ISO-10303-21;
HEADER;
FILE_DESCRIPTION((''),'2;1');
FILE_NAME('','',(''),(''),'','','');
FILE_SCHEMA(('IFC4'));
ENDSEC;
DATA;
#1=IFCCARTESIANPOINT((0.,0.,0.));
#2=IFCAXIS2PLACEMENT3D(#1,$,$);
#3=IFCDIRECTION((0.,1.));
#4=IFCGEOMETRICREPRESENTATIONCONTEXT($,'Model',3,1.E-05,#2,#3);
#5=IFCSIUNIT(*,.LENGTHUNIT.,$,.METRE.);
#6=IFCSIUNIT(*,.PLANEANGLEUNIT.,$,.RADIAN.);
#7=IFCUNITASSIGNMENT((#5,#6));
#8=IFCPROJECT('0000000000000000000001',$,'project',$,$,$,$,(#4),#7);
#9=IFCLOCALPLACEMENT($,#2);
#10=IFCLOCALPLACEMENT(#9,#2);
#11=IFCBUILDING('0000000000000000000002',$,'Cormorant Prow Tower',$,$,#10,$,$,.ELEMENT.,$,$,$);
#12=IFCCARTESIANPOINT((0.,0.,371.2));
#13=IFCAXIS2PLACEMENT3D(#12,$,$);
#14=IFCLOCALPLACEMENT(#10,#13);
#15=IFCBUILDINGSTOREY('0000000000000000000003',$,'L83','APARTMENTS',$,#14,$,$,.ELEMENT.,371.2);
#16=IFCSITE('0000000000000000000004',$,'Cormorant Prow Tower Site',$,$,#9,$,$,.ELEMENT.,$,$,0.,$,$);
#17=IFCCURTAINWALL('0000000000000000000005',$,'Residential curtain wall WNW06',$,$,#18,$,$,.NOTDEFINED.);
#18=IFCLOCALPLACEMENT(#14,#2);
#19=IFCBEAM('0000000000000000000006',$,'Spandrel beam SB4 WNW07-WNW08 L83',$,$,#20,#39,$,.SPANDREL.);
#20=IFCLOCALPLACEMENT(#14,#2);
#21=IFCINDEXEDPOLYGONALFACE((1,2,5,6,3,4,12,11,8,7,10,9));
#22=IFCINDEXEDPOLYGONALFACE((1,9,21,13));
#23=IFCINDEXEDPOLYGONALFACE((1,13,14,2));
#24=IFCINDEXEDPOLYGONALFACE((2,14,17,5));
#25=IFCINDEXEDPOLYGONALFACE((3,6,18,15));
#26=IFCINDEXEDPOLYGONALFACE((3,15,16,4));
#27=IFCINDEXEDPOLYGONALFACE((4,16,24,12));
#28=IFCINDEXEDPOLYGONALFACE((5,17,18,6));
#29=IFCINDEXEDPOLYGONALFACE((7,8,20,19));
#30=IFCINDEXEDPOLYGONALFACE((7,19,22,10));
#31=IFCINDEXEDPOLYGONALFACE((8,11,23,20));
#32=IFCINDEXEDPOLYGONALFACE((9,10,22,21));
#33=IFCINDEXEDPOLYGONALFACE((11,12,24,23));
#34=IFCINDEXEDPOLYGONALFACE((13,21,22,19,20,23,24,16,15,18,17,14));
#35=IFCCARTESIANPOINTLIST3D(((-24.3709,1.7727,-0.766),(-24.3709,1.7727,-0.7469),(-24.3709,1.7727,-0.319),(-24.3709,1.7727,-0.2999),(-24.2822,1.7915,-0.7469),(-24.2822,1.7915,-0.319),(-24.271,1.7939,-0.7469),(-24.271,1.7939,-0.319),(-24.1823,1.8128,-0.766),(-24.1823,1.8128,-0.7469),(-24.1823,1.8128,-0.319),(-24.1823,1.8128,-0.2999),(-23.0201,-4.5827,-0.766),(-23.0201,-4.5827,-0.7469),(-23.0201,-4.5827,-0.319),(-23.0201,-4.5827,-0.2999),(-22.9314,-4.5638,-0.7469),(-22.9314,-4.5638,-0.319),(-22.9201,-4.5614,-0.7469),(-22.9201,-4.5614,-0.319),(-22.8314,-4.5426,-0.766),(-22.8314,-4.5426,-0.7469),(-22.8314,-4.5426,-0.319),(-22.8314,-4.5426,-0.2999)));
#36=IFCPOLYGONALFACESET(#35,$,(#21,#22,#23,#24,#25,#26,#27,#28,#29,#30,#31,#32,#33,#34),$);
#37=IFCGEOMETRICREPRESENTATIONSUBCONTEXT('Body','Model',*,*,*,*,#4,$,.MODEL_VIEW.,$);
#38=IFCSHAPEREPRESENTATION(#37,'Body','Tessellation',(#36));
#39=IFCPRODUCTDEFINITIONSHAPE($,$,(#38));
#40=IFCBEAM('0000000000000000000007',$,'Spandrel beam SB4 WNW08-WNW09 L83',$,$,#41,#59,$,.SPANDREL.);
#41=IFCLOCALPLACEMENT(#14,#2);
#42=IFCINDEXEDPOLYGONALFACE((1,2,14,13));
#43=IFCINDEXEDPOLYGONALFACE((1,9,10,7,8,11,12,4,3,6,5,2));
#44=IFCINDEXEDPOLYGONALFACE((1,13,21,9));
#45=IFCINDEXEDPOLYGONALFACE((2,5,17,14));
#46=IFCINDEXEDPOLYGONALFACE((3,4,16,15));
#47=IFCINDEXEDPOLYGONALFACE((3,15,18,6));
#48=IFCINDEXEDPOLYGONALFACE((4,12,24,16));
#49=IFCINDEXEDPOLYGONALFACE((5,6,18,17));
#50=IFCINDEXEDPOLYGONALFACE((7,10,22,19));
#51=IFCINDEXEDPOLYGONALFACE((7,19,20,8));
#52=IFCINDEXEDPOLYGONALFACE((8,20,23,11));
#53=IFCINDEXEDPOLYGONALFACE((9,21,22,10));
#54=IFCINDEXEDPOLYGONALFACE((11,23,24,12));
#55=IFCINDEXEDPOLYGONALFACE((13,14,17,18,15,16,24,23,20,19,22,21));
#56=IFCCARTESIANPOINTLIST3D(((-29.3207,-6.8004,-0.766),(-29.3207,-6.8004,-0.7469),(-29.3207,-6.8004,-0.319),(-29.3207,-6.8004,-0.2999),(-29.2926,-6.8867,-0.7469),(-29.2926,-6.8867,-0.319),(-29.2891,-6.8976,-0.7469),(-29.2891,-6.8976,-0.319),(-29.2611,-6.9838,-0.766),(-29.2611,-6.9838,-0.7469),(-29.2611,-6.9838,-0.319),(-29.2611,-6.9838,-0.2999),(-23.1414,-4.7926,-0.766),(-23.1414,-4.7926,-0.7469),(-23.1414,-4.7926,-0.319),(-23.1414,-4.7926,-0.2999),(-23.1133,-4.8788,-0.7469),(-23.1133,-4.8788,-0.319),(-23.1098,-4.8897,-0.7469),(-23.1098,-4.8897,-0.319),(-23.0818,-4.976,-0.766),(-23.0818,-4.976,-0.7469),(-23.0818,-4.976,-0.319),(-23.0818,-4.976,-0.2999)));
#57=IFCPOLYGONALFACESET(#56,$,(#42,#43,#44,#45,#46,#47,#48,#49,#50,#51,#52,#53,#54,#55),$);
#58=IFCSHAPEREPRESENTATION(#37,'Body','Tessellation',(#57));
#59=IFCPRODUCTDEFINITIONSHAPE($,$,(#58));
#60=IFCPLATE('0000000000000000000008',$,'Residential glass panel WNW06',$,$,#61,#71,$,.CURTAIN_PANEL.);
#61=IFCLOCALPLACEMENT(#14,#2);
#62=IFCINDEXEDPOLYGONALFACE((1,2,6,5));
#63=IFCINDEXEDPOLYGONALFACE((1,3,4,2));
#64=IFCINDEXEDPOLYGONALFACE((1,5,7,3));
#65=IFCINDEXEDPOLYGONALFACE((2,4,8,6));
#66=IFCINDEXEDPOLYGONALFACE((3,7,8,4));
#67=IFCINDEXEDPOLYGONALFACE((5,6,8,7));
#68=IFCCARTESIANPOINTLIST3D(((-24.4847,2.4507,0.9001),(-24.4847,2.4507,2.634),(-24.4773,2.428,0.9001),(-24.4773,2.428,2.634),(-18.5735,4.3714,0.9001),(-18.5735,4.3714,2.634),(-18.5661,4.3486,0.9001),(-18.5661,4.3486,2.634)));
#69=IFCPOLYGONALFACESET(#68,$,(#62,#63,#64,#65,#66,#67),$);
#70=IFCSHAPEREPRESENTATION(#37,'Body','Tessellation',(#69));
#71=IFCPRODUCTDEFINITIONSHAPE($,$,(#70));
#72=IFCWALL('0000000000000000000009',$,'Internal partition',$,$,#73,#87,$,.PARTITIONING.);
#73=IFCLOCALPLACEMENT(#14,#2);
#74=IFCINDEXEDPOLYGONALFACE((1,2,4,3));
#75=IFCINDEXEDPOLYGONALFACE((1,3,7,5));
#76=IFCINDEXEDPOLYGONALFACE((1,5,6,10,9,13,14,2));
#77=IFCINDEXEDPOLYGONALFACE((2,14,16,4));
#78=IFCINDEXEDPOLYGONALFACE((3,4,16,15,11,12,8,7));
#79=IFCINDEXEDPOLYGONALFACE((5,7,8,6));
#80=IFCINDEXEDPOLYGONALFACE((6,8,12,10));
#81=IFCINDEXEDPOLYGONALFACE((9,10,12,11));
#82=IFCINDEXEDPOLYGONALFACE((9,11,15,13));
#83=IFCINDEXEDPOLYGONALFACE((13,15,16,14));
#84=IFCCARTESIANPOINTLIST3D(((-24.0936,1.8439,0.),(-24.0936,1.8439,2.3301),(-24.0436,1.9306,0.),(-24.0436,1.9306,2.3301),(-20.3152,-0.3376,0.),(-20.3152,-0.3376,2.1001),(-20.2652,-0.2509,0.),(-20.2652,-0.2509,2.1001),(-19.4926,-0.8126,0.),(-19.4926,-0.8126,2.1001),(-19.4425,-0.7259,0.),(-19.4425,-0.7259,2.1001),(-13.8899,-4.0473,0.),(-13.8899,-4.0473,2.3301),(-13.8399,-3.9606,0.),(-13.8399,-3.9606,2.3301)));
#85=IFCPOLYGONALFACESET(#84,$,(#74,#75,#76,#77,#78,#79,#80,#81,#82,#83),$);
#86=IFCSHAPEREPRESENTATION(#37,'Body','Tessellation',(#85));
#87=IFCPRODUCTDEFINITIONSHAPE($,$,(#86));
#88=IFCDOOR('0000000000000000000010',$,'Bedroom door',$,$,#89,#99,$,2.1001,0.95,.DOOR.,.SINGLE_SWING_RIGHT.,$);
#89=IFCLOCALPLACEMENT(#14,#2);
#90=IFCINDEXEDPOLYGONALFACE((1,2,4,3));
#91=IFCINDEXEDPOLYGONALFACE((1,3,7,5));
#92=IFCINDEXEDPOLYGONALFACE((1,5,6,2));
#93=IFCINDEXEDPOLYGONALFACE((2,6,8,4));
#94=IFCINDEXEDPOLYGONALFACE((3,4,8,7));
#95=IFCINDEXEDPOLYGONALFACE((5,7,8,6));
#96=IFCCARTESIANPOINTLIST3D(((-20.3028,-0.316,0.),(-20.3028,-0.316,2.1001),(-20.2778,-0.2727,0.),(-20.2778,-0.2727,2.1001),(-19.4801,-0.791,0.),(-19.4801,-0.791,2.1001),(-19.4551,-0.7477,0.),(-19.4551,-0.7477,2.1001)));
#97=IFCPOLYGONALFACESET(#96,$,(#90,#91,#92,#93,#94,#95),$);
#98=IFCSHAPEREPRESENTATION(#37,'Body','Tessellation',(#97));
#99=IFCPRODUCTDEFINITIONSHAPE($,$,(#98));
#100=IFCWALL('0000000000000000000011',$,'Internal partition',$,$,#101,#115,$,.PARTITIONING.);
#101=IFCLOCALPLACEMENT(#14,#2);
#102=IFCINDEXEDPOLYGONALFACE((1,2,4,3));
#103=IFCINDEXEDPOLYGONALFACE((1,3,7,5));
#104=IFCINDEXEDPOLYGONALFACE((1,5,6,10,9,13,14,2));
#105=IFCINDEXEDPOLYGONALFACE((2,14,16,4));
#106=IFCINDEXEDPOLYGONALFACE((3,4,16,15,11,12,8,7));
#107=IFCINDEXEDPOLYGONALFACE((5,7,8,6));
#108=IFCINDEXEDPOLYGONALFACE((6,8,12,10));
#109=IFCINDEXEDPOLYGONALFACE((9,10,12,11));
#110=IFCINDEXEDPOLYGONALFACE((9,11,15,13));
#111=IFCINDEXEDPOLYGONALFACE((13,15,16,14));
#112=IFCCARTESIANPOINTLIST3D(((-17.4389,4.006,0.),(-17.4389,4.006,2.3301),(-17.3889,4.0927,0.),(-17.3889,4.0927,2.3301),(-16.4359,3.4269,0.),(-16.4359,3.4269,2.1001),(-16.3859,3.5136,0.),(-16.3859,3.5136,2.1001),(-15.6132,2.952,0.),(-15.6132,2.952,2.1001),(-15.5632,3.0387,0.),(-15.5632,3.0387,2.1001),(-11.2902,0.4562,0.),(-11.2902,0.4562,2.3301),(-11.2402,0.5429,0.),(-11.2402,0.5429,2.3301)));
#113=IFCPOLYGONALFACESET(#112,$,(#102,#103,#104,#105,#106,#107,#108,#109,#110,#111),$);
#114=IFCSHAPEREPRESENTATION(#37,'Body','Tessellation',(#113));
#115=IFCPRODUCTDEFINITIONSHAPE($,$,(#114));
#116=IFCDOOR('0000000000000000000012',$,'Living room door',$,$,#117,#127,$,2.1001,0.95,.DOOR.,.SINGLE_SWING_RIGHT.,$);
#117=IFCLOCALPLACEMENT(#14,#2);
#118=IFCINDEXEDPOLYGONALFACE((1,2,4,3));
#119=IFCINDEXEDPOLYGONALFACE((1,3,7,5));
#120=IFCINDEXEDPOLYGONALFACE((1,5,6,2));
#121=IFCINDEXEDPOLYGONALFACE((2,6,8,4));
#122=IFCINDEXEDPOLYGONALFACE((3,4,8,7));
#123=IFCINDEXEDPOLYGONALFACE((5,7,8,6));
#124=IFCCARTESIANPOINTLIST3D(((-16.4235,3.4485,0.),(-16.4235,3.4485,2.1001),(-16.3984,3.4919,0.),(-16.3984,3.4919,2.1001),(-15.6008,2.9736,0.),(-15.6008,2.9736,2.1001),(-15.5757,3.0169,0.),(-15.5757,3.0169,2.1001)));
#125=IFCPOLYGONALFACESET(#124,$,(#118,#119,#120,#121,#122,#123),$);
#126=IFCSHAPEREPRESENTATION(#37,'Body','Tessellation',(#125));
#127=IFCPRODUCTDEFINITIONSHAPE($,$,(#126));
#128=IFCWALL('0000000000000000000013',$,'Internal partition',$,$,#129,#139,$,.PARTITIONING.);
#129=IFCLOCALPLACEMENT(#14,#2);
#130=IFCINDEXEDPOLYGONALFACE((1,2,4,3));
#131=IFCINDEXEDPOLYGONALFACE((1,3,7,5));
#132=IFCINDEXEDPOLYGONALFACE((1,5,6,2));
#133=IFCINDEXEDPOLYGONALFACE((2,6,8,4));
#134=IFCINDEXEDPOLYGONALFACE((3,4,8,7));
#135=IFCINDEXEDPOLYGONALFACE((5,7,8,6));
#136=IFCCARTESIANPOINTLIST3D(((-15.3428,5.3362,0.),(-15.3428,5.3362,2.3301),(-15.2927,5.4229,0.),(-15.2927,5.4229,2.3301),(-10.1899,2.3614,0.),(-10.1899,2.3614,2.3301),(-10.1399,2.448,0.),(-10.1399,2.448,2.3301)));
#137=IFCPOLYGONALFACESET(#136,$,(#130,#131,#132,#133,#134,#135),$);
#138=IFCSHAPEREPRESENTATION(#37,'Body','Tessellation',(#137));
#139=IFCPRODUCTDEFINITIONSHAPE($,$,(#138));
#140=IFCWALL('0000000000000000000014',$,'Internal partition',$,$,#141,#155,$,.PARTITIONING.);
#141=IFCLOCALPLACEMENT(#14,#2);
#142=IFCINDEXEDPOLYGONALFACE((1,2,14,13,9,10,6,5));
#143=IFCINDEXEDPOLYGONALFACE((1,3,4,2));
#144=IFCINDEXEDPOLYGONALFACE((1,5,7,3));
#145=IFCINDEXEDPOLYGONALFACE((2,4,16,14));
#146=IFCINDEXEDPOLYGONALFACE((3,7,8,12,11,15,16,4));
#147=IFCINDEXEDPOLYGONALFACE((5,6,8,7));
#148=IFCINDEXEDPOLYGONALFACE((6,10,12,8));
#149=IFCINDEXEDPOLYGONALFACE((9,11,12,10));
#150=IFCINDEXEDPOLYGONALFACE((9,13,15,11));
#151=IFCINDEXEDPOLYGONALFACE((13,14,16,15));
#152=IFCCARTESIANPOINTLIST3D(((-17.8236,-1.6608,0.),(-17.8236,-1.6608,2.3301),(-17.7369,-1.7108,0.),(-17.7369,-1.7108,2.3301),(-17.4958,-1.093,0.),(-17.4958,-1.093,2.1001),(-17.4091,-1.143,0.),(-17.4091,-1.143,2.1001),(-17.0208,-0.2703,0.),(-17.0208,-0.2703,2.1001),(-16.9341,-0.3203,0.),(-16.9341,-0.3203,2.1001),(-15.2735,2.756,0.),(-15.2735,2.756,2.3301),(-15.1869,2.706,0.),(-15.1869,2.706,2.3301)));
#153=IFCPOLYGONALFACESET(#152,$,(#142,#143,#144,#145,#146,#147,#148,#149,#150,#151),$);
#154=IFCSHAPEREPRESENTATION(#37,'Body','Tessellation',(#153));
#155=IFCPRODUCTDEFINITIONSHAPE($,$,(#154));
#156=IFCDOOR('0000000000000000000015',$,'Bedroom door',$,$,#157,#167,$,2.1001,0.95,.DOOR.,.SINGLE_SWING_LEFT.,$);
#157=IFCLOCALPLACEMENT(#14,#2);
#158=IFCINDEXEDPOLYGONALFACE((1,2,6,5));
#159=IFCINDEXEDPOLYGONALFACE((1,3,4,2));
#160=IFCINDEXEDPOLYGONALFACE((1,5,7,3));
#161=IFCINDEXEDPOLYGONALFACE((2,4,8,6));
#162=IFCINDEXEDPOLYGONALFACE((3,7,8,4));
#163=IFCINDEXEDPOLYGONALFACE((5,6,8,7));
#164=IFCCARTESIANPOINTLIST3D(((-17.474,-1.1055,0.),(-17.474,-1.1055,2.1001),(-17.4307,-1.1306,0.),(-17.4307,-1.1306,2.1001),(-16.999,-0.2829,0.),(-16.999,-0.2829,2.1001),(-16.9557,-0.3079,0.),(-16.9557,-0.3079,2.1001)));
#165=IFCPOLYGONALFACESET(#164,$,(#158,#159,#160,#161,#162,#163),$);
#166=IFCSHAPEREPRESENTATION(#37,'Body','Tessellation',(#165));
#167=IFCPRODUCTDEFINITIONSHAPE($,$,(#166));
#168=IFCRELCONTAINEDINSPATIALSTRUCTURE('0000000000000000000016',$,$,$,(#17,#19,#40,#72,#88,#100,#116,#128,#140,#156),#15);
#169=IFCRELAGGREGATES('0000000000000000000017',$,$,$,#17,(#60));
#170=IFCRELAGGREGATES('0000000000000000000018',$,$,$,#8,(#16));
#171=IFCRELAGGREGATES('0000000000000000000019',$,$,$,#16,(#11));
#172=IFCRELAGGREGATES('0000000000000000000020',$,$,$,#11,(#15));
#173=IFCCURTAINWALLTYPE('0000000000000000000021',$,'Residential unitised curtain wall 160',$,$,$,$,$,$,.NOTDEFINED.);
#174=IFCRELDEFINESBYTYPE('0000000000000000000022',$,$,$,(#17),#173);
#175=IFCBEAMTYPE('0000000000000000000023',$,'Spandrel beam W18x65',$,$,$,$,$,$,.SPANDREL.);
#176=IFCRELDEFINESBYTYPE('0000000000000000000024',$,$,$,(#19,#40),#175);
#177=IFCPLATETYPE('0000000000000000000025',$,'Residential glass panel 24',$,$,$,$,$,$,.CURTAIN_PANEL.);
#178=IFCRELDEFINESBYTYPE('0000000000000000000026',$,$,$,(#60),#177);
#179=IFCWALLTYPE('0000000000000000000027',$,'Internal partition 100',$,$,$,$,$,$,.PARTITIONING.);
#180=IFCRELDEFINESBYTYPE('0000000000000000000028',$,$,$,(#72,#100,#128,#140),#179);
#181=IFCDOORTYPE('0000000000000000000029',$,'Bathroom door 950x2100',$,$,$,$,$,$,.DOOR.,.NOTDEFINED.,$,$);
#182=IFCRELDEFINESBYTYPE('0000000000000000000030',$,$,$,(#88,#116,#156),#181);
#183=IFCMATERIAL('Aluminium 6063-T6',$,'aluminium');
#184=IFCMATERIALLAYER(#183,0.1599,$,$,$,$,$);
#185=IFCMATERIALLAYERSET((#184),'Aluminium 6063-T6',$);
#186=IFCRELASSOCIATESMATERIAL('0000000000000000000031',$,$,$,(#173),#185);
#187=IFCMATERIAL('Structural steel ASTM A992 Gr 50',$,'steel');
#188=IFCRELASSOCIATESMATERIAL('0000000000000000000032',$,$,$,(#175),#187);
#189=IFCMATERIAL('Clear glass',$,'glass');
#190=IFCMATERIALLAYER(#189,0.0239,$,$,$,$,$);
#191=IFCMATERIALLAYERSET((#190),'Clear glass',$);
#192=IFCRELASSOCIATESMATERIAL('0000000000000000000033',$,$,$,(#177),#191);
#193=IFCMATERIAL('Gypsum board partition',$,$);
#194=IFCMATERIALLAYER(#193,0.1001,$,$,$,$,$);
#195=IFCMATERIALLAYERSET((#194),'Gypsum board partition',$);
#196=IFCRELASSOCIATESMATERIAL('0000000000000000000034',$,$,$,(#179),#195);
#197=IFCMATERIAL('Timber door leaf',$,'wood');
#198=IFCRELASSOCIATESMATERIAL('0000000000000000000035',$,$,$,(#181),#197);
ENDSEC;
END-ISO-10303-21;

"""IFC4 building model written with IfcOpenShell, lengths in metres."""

from ifc_helpers import new_model, si_unit, direction, frame, frame_2d, origin, origin_2d, place, context, subcontext, project, spatial, rectangle, i_section, extrude, material, layer, layer_set, material_profile, profile_set, type_object, element, fill, aggregate, save


model = new_model("IFC4")

# Units and contexts
model_context = context("Model", 3, precision=1e-05, world=origin(), true_north=direction((0.0, 1.0)))
body_context = subcontext(model_context, "Body", "Model", "MODEL_VIEW")
ifc_project = project(units=[si_unit("LENGTHUNIT", "METRE"), si_unit("PLANEANGLEUNIT", "RADIAN")], contexts=[model_context])

# Site, building, storey
site_placement = place(None, origin())
site = spatial("IfcSite", under=ifc_project, at=site_placement, Name="Cormorant Prow Tower Site", CompositionType="ELEMENT", RefElevation=0.0)
building_placement = place(site_placement, origin())
building = spatial("IfcBuilding", under=site, at=building_placement, Name="Cormorant Prow Tower", CompositionType="ELEMENT")
storey_placement = place(building_placement, frame((0.0, 0.0, 371.2)))
storey = spatial("IfcBuildingStorey", under=building, at=storey_placement, Name="L83", Description="APARTMENTS", CompositionType="ELEMENT", Elevation=371.2)

# Curtain wall
ifc_material_1 = material(Name="Aluminium 6063-T6", Category="aluminium")
ifc_layer_1 = layer(ifc_material_1, 0.1599)
ifc_layer_set_1 = layer_set([ifc_layer_1], Name="Aluminium 6063-T6")
curtain_wall_type = type_object("IfcCurtainWallType", Name="Residential unitised curtain wall 160", PredefinedType="NOTDEFINED", material=ifc_layer_set_1)
curtain_wall_1_placement = place(storey_placement, origin())
curtain_wall_1 = element("IfcCurtainWall", 1, at=curtain_wall_1_placement, inside=storey, type_object=curtain_wall_type, Name="Residential curtain wall WNW06", PredefinedType="NOTDEFINED")

# Beams
ifc_material_2 = material(Name="Structural steel ASTM A992 Gr 50", Category="steel")
ifc_material_profile_1 = material_profile(ifc_material_2, i_section(OverallWidth=0.1929, OverallDepth=0.4661, WebThickness=0.0115, FlangeThickness=0.019, at=origin_2d()), Name="W18x65")
ifc_profile_set_1 = profile_set([ifc_material_profile_1], Name="Structural steel ASTM A992 Gr 50")
beam_type_1 = type_object("IfcBeamType", Name="Spandrel beam W18x65", PredefinedType="SPANDREL", material=ifc_profile_set_1)
for number, where, z_axis, x_axis, name in (
    (2, (-24.2766, 1.7927, -0.533), (0.20791, -0.978148, 0.0), (0.978148, 0.20791, 0.0), "Spandrel beam SB4 WNW07-WNW08 L83"),
    (3, (-23.1116, -4.8843, -0.533), (-0.951053, -0.309027, 0.0), (0.309027, -0.951053, 0.0), "Spandrel beam SB4 WNW08-WNW09 L83"),
):
    element("IfcBeam", number, at=place(storey_placement, frame(where, z_axis=z_axis, x_axis=x_axis)), inside=storey, type_object=beam_type_1, Name=name, PredefinedType="SPANDREL", context=body_context, shape_type="SweptSolid", body=[
        extrude(i_section(OverallWidth=0.1929, OverallDepth=0.4661, WebThickness=0.0115, FlangeThickness=0.019, at=origin_2d()), origin(), (0.0, 0.0, 1.0), 6.4973),
    ])

# Plate
ifc_material_3 = material(Name="Clear glass", Category="glass")
ifc_layer_2 = layer(ifc_material_3, 0.0239)
ifc_layer_set_2 = layer_set([ifc_layer_2], Name="Clear glass")
plate_type = type_object("IfcPlateType", Name="Residential glass panel 24", PredefinedType="CURTAIN_PANEL", material=ifc_layer_set_2)
plate_placement = place(storey_placement, frame((-21.5254, 3.3997, 0.9001), z_axis=(0.0, 0.0, 1.0), x_axis=(-0.951056, -0.309017, 0.0)))
plate = element("IfcPlate", 4, at=plate_placement, type_object=plate_type, Name="Residential glass panel WNW06", PredefinedType="CURTAIN_PANEL", context=body_context, shape_type="SweptSolid", body=[
    extrude(rectangle(XDim=6.2153, YDim=0.0239, at=origin_2d()), origin(), (0.0, 0.0, 1.0), 1.7339),
])
aggregate(curtain_wall_1, [plate])

# Walls, openings, doors
ifc_material_4 = material(Name="Gypsum board partition")
ifc_layer_3 = layer(ifc_material_4, 0.1001)
ifc_layer_set_3 = layer_set([ifc_layer_3], Name="Gypsum board partition")
wall_type_1 = type_object("IfcWallType", Name="Internal partition 100", PredefinedType="PARTITIONING", material=ifc_layer_set_3)
wall_1_placement = place(storey_placement, frame((-24.0686, 1.8872, 0.0), z_axis=(0.0, 0.0, 1.0), x_axis=(0.866023, -0.500003, 0.0)))
wall_1 = element("IfcWall", 5, at=wall_1_placement, inside=storey, type_object=wall_type_1, Name="Internal partition", PredefinedType="PARTITIONING", context=body_context, shape_type="SweptSolid", body=[
    extrude(rectangle(XDim=11.7822, YDim=0.1001, at=frame_2d((5.8911, 0.0))), origin(), (0.0, 0.0, 1.0), 2.3301),
])
opening_1_placement = place(wall_1_placement, frame((4.3628, 0.0, 0.0)))
opening_1 = element("IfcOpeningElement", 6, at=opening_1_placement, cuts=wall_1, PredefinedType="OPENING", context=body_context, shape_type="SweptSolid", body=[
    extrude(rectangle(XDim=0.95, YDim=2.1001, at=frame_2d((0.4751, 1.05))), frame((0.0, 0.0601, 0.0), z_axis=(0.0, -1.0, 0.0), x_axis=(1.0, 0.0, 0.0)), (0.0, 0.0, 1.0), 0.1201),
])
ifc_material_5 = material(Name="Timber door leaf", Category="wood")
door_type_1 = type_object("IfcDoorType", Name="Bathroom door 950x2100", OperationType="NOTDEFINED", PredefinedType="DOOR", material=ifc_material_5)
door_1_placement = place(opening_1_placement, origin())
door_1 = element("IfcDoor", 7, at=door_1_placement, inside=storey, type_object=door_type_1, Name="Bedroom door", OperationType="SINGLE_SWING_RIGHT", OverallHeight=2.1001, OverallWidth=0.95, PredefinedType="DOOR", context=body_context, shape_type="SweptSolid", body=[
    extrude(rectangle(XDim=0.95, YDim=2.1001, at=frame_2d((0.4751, 1.05))), frame((0.0, 0.0249, 0.0), z_axis=(0.0, -1.0, 0.0), x_axis=(1.0, 0.0, 0.0)), (0.0, 0.0, 1.0), 0.05),
])
fill(opening_1, door_1)
wall_2_placement = place(storey_placement, frame((-17.4138, 4.0493, 0.0), z_axis=(0.0, 0.0, 1.0), x_axis=(0.866034, -0.499985, 0.0)))
wall_2 = element("IfcWall", 8, at=wall_2_placement, inside=storey, type_object=wall_type_1, Name="Internal partition", PredefinedType="PARTITIONING", context=body_context, shape_type="SweptSolid", body=[
    extrude(rectangle(XDim=7.0999, YDim=0.1001, at=frame_2d((3.5498, 0.0))), origin(), (0.0, 0.0, 1.0), 2.3301),
])
opening_2_placement = place(wall_2_placement, frame((1.158, 0.0, 0.0)))
opening_2 = element("IfcOpeningElement", 9, at=opening_2_placement, cuts=wall_2, PredefinedType="OPENING", context=body_context, shape_type="SweptSolid", body=[
    extrude(rectangle(XDim=0.95, YDim=2.1001, at=frame_2d((0.4751, 1.05))), frame((0.0, 0.0601, 0.0), z_axis=(0.0, -1.0, 0.0), x_axis=(1.0, 0.0, 0.0)), (0.0, 0.0, 1.0), 0.1201),
])
door_2_placement = place(opening_2_placement, origin())
door_2 = element("IfcDoor", 10, at=door_2_placement, inside=storey, type_object=door_type_1, Name="Living room door", OperationType="SINGLE_SWING_RIGHT", OverallHeight=2.1001, OverallWidth=0.95, PredefinedType="DOOR", context=body_context, shape_type="SweptSolid", body=[
    extrude(rectangle(XDim=0.95, YDim=2.1001, at=frame_2d((0.4751, 1.05))), frame((0.0, 0.0249, 0.0), z_axis=(0.0, -1.0, 0.0), x_axis=(1.0, 0.0, 0.0)), (0.0, 0.0, 1.0), 0.05),
])
fill(opening_2, door_2)

# Wall
wall_3_placement = place(storey_placement, frame((-15.3179, 5.3796, 0.0), z_axis=(0.0, 0.0, 1.0), x_axis=(0.866035, -0.499983, 0.0)))
element("IfcWall", 11, at=wall_3_placement, inside=storey, type_object=wall_type_1, Name="Internal partition", PredefinedType="PARTITIONING", context=body_context, shape_type="SweptSolid", body=[
    extrude(rectangle(XDim=5.95, YDim=0.1001, at=frame_2d((2.9751, 0.0))), origin(), (0.0, 0.0, 1.0), 2.3301),
])

# Wall, opening, door
wall_4_placement = place(storey_placement, frame((-17.7803, -1.6858, 0.0), z_axis=(0.0, 0.0, 1.0), x_axis=(0.500006, 0.866022, 0.0)))
wall_4 = element("IfcWall", 12, at=wall_4_placement, inside=storey, type_object=wall_type_1, Name="Internal partition", PredefinedType="PARTITIONING", context=body_context, shape_type="SweptSolid", body=[
    extrude(rectangle(XDim=5.1001, YDim=0.1001, at=frame_2d((2.55, 0.0))), origin(), (0.0, 0.0, 1.0), 2.3301),
])
opening_3_placement = place(wall_4_placement, frame((0.6555, 0.0, 0.0)))
opening_3 = element("IfcOpeningElement", 13, at=opening_3_placement, cuts=wall_4, PredefinedType="OPENING", context=body_context, shape_type="SweptSolid", body=[
    extrude(rectangle(XDim=0.95, YDim=2.1001, at=frame_2d((0.4751, 1.05))), frame((0.0, 0.0601, 0.0), z_axis=(0.0, -1.0, 0.0), x_axis=(1.0, 0.0, 0.0)), (0.0, 0.0, 1.0), 0.1201),
])
door_3_placement = place(opening_3_placement, origin())
door_3 = element("IfcDoor", 14, at=door_3_placement, inside=storey, type_object=door_type_1, Name="Bedroom door", OperationType="SINGLE_SWING_LEFT", OverallHeight=2.1001, OverallWidth=0.95, PredefinedType="DOOR", context=body_context, shape_type="SweptSolid", body=[
    extrude(rectangle(XDim=0.95, YDim=2.1001, at=frame_2d((0.4751, 1.05))), frame((0.0, 0.0249, 0.0), z_axis=(0.0, -1.0, 0.0), x_axis=(1.0, 0.0, 0.0)), (0.0, 0.0, 1.0), 0.05),
])
fill(opening_3, door_3)

save(model, "model.ifc")
